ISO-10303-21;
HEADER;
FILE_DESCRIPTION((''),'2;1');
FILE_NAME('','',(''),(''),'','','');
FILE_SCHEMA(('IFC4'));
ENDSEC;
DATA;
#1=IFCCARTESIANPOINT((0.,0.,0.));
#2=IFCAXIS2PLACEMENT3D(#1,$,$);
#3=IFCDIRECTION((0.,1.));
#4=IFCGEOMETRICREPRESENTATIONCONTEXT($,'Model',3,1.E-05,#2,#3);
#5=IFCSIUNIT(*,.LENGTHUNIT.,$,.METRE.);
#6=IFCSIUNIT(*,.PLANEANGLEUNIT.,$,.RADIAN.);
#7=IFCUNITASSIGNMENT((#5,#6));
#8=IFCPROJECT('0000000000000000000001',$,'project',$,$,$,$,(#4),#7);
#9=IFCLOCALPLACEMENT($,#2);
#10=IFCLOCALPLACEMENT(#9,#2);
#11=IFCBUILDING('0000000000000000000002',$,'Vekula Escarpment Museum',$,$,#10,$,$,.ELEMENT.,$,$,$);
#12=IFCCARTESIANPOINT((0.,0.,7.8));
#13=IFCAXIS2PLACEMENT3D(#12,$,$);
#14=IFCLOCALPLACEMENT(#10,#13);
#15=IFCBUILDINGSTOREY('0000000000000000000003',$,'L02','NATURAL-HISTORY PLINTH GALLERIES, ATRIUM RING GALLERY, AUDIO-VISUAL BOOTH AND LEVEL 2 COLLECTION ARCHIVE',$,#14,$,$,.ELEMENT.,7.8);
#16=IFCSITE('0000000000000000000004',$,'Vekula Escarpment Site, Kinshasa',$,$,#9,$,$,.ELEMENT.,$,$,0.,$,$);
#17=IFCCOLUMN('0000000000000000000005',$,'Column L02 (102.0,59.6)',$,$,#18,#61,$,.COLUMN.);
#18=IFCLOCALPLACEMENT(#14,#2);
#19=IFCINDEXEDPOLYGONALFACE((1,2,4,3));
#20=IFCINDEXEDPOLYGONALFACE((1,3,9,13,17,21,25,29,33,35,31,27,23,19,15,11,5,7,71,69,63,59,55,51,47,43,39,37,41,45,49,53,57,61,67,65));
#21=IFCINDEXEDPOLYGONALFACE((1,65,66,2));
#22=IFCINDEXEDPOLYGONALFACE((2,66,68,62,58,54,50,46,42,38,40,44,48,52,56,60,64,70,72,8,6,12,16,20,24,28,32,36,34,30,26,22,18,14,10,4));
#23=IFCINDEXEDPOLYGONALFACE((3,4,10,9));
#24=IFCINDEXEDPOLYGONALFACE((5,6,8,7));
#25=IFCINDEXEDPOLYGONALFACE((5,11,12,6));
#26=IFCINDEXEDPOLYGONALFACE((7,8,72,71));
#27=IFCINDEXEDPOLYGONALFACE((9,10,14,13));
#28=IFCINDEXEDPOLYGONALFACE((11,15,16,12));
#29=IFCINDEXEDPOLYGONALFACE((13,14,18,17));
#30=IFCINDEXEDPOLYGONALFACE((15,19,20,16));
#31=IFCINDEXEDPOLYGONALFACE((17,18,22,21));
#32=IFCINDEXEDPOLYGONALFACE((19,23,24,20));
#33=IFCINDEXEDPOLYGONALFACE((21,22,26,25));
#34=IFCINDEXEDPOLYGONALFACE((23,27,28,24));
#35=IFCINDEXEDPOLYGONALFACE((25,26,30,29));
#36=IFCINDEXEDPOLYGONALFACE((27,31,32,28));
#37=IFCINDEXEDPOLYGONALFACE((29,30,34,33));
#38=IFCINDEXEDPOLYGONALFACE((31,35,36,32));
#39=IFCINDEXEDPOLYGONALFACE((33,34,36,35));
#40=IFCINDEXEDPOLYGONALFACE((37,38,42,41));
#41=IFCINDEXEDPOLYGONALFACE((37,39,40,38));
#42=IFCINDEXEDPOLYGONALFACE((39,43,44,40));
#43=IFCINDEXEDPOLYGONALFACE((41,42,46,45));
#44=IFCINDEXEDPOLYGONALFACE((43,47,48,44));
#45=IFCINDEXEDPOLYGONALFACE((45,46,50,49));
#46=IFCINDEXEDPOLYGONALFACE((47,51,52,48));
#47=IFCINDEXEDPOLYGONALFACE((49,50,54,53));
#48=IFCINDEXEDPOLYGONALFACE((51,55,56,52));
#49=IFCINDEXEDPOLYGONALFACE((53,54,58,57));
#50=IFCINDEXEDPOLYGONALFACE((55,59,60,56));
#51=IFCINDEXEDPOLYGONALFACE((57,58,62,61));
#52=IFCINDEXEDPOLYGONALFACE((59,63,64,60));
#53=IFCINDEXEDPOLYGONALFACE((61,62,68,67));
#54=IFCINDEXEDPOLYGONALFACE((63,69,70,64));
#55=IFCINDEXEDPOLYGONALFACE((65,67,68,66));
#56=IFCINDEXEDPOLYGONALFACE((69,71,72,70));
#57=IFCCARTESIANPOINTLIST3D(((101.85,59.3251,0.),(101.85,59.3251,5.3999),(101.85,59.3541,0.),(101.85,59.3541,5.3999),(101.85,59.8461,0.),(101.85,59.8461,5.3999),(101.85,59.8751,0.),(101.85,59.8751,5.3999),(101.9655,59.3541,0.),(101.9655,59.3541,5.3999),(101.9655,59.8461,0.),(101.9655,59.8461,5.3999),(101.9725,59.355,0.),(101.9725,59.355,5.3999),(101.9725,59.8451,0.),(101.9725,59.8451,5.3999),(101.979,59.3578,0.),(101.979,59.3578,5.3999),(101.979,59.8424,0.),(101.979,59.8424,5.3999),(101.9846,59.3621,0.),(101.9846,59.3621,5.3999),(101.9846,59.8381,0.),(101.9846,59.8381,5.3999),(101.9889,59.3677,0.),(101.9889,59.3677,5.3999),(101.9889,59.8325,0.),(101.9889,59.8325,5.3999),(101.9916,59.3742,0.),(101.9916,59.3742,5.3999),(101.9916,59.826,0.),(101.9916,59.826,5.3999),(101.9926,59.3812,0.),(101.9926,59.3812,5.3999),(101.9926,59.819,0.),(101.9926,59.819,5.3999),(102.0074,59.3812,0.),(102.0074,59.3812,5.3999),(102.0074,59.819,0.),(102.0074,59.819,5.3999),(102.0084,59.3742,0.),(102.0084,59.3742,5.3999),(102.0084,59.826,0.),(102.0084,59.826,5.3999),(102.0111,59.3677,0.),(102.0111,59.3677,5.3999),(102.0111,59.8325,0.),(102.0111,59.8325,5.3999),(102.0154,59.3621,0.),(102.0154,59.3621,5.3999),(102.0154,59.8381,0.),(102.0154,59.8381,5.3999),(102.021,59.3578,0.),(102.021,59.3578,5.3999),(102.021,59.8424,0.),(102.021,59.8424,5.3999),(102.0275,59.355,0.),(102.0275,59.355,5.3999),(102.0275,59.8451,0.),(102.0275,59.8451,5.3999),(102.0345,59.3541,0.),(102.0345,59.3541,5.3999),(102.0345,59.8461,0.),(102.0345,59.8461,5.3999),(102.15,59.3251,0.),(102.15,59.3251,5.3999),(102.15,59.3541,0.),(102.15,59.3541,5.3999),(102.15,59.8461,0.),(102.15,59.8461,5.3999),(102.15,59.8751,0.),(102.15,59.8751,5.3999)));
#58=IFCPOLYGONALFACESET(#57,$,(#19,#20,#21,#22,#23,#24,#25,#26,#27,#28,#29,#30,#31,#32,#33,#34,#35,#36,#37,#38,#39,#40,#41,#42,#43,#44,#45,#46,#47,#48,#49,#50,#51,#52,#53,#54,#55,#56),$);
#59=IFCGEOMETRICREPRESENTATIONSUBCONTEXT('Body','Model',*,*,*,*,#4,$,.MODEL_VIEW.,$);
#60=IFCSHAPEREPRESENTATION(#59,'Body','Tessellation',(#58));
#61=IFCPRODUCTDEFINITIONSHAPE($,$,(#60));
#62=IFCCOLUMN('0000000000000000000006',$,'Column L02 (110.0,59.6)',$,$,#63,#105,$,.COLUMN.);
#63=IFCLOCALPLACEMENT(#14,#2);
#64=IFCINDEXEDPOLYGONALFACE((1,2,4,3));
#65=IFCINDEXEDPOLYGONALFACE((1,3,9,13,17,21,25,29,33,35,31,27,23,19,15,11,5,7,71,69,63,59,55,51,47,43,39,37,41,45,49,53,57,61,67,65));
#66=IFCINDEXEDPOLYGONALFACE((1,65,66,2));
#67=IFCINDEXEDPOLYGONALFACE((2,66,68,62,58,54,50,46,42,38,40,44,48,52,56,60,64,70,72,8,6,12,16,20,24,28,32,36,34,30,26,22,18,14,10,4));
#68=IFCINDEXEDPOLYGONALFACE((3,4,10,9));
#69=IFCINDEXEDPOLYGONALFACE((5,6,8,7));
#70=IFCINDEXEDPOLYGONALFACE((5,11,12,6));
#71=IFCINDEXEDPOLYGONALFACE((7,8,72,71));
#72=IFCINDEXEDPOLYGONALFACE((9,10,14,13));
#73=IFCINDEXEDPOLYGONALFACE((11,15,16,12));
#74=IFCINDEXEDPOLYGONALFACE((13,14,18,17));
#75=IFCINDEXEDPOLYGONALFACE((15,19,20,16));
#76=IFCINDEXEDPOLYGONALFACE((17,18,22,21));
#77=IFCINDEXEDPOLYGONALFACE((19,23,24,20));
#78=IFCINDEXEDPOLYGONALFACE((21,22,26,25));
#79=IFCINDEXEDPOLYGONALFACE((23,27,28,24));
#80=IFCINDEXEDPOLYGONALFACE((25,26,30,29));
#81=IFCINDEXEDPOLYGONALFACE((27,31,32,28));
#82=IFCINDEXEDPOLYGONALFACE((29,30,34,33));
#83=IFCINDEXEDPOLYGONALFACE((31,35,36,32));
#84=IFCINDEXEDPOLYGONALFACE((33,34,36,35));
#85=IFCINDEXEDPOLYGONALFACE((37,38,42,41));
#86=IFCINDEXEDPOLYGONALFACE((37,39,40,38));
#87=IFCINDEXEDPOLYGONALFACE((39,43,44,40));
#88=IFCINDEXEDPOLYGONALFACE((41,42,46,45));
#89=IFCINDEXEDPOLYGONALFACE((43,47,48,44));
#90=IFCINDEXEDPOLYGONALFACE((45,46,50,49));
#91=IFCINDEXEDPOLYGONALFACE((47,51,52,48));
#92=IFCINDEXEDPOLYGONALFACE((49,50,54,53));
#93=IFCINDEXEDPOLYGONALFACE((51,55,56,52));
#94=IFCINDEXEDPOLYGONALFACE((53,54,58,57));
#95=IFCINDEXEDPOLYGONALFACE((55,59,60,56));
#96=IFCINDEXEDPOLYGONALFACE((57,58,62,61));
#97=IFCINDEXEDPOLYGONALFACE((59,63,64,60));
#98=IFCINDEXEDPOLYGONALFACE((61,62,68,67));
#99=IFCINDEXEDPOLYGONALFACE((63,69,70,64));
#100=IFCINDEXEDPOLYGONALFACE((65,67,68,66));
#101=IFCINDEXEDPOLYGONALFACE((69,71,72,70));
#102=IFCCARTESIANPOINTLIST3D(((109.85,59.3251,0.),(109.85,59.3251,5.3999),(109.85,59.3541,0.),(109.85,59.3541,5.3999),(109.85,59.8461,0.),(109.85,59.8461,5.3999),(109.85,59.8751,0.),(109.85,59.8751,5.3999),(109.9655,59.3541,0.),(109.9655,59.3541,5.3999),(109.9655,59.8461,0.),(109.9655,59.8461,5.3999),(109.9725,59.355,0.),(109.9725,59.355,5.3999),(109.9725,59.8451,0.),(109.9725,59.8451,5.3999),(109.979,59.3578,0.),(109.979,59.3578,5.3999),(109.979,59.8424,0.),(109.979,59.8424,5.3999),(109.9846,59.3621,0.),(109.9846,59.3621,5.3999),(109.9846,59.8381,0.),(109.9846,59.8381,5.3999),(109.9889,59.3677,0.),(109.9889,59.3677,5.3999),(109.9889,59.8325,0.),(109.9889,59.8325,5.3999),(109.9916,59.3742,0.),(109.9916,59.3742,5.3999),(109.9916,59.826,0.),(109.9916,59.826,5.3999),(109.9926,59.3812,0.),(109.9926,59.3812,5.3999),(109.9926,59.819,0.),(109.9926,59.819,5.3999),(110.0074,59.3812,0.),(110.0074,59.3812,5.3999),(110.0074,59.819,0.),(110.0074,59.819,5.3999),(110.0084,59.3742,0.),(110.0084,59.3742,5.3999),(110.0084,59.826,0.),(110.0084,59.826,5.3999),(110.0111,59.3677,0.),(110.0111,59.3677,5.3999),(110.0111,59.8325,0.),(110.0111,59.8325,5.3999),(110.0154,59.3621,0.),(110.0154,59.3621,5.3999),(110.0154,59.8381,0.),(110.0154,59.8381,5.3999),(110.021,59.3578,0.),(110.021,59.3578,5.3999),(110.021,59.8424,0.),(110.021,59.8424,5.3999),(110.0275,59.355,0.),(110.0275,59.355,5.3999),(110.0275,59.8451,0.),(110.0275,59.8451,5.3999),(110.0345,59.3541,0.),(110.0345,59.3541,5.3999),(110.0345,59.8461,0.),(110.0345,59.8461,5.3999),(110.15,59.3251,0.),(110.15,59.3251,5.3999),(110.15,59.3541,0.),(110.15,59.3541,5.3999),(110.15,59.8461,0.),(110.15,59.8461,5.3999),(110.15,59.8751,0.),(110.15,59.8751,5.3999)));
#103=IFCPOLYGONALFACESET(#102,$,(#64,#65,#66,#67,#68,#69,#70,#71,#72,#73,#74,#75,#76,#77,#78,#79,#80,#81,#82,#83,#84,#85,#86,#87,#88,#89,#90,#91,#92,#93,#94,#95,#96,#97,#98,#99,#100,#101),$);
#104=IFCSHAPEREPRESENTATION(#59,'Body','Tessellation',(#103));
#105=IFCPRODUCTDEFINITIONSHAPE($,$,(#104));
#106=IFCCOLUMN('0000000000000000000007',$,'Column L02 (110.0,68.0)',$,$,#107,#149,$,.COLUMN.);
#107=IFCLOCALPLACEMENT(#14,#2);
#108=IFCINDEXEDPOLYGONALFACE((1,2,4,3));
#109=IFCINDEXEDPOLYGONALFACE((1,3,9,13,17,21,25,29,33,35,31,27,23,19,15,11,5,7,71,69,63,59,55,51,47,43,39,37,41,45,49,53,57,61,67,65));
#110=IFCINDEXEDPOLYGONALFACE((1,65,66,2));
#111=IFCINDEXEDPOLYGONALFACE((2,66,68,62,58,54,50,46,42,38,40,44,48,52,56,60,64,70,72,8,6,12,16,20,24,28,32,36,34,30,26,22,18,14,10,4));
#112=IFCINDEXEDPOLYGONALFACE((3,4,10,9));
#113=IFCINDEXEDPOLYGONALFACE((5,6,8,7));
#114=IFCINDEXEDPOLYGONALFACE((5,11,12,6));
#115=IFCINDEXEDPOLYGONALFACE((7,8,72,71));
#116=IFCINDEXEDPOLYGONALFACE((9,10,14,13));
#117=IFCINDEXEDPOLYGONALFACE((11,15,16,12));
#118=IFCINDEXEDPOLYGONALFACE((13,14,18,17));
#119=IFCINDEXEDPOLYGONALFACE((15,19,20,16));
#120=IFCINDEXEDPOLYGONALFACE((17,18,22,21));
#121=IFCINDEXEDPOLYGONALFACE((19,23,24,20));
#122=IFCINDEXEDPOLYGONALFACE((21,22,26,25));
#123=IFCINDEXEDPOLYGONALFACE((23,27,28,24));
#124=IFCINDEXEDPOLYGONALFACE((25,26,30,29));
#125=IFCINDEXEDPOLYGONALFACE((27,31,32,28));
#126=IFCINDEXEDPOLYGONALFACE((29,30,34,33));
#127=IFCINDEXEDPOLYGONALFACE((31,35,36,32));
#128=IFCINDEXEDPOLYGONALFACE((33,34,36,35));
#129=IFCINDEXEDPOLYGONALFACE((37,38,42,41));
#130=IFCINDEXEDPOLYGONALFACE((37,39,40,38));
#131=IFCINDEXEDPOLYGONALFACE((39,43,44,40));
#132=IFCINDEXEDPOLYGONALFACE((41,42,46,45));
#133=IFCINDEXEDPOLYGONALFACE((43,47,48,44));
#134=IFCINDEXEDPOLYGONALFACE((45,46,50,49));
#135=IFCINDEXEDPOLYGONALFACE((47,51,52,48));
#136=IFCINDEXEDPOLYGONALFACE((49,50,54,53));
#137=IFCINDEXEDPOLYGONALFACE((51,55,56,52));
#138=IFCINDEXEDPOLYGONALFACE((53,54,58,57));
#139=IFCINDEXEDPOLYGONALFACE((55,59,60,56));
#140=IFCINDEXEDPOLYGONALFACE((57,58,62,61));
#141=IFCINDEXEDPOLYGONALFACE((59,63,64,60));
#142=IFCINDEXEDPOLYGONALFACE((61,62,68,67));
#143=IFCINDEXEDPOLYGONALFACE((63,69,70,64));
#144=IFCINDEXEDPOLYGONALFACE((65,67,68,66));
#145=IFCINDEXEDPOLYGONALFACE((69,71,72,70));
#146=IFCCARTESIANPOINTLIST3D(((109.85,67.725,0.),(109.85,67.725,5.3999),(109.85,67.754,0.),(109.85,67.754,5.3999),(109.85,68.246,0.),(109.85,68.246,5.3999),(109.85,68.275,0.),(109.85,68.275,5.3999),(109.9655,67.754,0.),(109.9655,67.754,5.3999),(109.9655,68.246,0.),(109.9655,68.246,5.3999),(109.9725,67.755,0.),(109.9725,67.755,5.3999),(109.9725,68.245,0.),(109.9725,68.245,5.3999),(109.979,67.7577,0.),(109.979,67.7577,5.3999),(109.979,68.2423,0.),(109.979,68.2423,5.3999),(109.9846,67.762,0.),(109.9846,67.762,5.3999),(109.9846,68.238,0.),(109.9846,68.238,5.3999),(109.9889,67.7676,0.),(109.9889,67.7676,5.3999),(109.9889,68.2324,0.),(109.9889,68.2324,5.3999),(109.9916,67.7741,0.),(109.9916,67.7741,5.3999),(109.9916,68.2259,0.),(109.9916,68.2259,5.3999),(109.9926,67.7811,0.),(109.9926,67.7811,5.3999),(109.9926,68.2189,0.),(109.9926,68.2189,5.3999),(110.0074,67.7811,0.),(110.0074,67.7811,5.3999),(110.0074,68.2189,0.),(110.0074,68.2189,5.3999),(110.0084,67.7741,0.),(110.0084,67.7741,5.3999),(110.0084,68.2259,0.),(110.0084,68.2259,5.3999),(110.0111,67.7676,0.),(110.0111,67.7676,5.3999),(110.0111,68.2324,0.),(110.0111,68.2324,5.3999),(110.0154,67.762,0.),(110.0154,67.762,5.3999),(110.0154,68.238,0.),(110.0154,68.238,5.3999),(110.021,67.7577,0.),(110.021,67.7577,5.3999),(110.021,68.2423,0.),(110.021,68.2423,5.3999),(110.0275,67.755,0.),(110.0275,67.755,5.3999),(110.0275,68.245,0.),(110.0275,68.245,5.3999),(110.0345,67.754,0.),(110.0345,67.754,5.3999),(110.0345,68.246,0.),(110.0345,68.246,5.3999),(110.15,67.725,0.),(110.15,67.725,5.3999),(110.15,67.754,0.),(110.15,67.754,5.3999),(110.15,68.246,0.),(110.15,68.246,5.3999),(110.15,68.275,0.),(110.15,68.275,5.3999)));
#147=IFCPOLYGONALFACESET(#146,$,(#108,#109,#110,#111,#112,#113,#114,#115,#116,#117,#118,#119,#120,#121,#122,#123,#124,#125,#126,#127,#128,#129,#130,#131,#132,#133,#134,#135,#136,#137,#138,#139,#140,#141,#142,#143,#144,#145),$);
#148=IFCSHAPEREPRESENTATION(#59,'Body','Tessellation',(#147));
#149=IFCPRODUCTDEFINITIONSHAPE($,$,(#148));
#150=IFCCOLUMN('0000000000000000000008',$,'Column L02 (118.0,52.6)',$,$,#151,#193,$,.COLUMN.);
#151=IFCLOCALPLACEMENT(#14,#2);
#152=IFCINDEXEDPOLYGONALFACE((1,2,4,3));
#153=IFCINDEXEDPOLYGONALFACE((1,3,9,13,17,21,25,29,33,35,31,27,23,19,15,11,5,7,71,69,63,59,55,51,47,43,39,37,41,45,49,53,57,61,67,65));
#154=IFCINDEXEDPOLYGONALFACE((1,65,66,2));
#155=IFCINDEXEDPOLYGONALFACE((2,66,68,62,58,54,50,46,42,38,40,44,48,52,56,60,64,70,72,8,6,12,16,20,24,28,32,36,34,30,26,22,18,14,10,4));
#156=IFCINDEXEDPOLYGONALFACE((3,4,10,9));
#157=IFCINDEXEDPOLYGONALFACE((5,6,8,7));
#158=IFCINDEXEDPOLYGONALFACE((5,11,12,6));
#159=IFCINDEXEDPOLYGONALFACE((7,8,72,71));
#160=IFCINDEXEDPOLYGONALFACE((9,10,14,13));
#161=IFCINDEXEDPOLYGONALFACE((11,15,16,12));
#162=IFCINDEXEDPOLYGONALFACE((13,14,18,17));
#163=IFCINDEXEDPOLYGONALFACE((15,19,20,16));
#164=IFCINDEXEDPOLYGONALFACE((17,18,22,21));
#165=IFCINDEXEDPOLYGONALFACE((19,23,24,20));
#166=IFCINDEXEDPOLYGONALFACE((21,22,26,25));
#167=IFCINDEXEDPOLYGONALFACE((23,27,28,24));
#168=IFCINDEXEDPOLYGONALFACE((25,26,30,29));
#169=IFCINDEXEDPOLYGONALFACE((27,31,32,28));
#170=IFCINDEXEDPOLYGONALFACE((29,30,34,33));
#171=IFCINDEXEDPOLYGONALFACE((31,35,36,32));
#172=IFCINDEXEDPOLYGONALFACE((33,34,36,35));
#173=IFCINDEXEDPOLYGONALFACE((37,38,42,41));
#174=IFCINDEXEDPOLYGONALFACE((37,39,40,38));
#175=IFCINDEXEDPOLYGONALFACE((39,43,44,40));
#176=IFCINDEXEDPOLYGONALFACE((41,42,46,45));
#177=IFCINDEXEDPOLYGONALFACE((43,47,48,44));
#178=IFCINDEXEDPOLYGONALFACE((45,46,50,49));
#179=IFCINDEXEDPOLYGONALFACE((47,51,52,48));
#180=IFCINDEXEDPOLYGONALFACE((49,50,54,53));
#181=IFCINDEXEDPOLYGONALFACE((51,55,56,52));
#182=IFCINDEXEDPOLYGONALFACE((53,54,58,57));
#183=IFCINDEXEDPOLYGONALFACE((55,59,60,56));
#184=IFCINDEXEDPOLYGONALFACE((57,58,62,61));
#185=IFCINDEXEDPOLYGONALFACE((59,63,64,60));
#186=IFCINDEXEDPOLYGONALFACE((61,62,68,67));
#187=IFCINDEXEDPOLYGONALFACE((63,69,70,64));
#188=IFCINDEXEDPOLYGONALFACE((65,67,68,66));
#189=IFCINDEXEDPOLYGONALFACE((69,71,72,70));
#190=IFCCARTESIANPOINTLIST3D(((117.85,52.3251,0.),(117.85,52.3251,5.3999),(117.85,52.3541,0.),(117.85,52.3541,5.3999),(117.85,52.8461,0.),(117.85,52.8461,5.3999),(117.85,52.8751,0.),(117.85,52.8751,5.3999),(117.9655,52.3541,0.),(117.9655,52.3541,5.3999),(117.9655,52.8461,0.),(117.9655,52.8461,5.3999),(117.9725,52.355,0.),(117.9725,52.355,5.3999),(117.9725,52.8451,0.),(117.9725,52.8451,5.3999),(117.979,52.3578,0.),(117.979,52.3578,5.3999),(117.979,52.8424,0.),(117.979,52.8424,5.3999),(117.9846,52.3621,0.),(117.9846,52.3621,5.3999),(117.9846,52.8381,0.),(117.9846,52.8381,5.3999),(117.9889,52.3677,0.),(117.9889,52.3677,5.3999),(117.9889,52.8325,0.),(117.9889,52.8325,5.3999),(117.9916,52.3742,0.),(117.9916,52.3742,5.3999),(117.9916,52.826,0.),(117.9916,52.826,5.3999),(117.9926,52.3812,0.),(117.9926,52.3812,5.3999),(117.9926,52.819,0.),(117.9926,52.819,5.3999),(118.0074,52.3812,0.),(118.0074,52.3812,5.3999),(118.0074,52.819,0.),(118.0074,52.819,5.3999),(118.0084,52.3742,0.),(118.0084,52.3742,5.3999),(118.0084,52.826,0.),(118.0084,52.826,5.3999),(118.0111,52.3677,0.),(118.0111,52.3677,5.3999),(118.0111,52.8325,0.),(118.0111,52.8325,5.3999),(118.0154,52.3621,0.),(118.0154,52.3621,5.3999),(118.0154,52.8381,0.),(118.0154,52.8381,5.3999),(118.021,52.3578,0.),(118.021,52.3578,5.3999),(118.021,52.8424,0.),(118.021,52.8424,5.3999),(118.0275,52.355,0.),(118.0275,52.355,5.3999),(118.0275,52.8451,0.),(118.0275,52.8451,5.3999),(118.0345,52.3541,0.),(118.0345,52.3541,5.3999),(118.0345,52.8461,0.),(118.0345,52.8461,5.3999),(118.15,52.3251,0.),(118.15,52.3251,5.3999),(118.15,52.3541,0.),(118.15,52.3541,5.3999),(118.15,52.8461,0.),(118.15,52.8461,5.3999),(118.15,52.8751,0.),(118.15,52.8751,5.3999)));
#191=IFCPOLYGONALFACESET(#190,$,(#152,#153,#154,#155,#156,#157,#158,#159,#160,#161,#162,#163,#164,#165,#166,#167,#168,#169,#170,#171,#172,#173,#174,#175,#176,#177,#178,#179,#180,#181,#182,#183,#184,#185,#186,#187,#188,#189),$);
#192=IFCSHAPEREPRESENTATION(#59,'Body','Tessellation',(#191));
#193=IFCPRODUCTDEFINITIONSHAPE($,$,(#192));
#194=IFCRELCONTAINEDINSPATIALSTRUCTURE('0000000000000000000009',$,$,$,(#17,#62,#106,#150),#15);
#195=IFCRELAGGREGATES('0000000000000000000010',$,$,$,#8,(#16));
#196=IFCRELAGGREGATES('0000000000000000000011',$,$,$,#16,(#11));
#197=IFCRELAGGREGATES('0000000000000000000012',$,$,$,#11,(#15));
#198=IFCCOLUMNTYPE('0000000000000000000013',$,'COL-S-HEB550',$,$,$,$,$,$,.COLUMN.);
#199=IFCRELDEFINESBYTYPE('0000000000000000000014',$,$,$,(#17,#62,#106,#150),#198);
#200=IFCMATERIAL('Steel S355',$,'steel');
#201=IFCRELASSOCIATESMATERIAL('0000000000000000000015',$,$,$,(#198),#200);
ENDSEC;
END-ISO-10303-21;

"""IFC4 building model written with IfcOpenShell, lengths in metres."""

from ifc_helpers import new_model, si_unit, direction, frame, origin, origin_2d, place, context, subcontext, project, spatial, i_section, extrude, material, material_profile, profile_set, type_object, element, save


model = new_model("IFC4")

# Units and contexts
model_context = context("Model", 3, precision=1e-05, world=origin(), true_north=direction((0.0, 1.0)))
body_context = subcontext(model_context, "Body", "Model", "MODEL_VIEW")
ifc_project = project(units=[si_unit("LENGTHUNIT", "METRE"), si_unit("PLANEANGLEUNIT", "RADIAN")], contexts=[model_context])

# Site, building, storey
site_placement = place(None, origin())
site = spatial("IfcSite", under=ifc_project, at=site_placement, Name="Vekula Escarpment Site, Kinshasa", CompositionType="ELEMENT", RefElevation=0.0)
building_placement = place(site_placement, origin())
building = spatial("IfcBuilding", under=site, at=building_placement, Name="Vekula Escarpment Museum", CompositionType="ELEMENT")
storey_placement = place(building_placement, frame((0.0, 0.0, 7.8)))
storey = spatial("IfcBuildingStorey", under=building, at=storey_placement, Name="L02", Description="NATURAL-HISTORY PLINTH GALLERIES, ATRIUM RING GALLERY, AUDIO-VISUAL BOOTH AND LEVEL 2 COLLECTION ARCHIVE", CompositionType="ELEMENT", Elevation=7.8)

# Columns
ifc_material_1 = material(Name="Steel S355", Category="steel")
ifc_material_profile_1 = material_profile(ifc_material_1, i_section(OverallWidth=0.3, OverallDepth=0.55, WebThickness=0.0149, FlangeThickness=0.0291, FilletRadius=0.0271, at=origin_2d()), Name="HEB 550")
ifc_profile_set_1 = profile_set([ifc_material_profile_1], Name="Steel S355")
column_type = type_object("IfcColumnType", Name="COL-S-HEB550", PredefinedType="COLUMN", material=ifc_profile_set_1)
for number, where, z_axis, x_axis, name in (
    (1, (102.0, 59.6001, 0.0), (0.0, 0.0, 1.0), (1.0, 0.0, 0.0), "Column L02 (102.0,59.6)"),
    (2, (110.0, 59.6001, 0.0), (0.0, 0.0, 1.0), (1.0, 0.0, 0.0), "Column L02 (110.0,59.6)"),
    (3, (110.0, 68.0, 0.0), (0.0, 0.0, 1.0), (1.0, 0.0, 0.0), "Column L02 (110.0,68.0)"),
    (4, (118.0, 52.6001, 0.0), (0.0, 0.0, 1.0), (1.0, 0.0, 0.0), "Column L02 (118.0,52.6)"),
):
    element("IfcColumn", number, at=place(storey_placement, frame(where, z_axis=z_axis, x_axis=x_axis)), inside=storey, type_object=column_type, Name=name, PredefinedType="COLUMN", context=body_context, shape_type="SweptSolid", body=[
        extrude(i_section(OverallWidth=0.3, OverallDepth=0.55, WebThickness=0.0149, FlangeThickness=0.0291, FilletRadius=0.0271, at=origin_2d()), origin(), (0.0, 0.0, 1.0), 5.3999),
    ])

save(model, "model.ifc")
